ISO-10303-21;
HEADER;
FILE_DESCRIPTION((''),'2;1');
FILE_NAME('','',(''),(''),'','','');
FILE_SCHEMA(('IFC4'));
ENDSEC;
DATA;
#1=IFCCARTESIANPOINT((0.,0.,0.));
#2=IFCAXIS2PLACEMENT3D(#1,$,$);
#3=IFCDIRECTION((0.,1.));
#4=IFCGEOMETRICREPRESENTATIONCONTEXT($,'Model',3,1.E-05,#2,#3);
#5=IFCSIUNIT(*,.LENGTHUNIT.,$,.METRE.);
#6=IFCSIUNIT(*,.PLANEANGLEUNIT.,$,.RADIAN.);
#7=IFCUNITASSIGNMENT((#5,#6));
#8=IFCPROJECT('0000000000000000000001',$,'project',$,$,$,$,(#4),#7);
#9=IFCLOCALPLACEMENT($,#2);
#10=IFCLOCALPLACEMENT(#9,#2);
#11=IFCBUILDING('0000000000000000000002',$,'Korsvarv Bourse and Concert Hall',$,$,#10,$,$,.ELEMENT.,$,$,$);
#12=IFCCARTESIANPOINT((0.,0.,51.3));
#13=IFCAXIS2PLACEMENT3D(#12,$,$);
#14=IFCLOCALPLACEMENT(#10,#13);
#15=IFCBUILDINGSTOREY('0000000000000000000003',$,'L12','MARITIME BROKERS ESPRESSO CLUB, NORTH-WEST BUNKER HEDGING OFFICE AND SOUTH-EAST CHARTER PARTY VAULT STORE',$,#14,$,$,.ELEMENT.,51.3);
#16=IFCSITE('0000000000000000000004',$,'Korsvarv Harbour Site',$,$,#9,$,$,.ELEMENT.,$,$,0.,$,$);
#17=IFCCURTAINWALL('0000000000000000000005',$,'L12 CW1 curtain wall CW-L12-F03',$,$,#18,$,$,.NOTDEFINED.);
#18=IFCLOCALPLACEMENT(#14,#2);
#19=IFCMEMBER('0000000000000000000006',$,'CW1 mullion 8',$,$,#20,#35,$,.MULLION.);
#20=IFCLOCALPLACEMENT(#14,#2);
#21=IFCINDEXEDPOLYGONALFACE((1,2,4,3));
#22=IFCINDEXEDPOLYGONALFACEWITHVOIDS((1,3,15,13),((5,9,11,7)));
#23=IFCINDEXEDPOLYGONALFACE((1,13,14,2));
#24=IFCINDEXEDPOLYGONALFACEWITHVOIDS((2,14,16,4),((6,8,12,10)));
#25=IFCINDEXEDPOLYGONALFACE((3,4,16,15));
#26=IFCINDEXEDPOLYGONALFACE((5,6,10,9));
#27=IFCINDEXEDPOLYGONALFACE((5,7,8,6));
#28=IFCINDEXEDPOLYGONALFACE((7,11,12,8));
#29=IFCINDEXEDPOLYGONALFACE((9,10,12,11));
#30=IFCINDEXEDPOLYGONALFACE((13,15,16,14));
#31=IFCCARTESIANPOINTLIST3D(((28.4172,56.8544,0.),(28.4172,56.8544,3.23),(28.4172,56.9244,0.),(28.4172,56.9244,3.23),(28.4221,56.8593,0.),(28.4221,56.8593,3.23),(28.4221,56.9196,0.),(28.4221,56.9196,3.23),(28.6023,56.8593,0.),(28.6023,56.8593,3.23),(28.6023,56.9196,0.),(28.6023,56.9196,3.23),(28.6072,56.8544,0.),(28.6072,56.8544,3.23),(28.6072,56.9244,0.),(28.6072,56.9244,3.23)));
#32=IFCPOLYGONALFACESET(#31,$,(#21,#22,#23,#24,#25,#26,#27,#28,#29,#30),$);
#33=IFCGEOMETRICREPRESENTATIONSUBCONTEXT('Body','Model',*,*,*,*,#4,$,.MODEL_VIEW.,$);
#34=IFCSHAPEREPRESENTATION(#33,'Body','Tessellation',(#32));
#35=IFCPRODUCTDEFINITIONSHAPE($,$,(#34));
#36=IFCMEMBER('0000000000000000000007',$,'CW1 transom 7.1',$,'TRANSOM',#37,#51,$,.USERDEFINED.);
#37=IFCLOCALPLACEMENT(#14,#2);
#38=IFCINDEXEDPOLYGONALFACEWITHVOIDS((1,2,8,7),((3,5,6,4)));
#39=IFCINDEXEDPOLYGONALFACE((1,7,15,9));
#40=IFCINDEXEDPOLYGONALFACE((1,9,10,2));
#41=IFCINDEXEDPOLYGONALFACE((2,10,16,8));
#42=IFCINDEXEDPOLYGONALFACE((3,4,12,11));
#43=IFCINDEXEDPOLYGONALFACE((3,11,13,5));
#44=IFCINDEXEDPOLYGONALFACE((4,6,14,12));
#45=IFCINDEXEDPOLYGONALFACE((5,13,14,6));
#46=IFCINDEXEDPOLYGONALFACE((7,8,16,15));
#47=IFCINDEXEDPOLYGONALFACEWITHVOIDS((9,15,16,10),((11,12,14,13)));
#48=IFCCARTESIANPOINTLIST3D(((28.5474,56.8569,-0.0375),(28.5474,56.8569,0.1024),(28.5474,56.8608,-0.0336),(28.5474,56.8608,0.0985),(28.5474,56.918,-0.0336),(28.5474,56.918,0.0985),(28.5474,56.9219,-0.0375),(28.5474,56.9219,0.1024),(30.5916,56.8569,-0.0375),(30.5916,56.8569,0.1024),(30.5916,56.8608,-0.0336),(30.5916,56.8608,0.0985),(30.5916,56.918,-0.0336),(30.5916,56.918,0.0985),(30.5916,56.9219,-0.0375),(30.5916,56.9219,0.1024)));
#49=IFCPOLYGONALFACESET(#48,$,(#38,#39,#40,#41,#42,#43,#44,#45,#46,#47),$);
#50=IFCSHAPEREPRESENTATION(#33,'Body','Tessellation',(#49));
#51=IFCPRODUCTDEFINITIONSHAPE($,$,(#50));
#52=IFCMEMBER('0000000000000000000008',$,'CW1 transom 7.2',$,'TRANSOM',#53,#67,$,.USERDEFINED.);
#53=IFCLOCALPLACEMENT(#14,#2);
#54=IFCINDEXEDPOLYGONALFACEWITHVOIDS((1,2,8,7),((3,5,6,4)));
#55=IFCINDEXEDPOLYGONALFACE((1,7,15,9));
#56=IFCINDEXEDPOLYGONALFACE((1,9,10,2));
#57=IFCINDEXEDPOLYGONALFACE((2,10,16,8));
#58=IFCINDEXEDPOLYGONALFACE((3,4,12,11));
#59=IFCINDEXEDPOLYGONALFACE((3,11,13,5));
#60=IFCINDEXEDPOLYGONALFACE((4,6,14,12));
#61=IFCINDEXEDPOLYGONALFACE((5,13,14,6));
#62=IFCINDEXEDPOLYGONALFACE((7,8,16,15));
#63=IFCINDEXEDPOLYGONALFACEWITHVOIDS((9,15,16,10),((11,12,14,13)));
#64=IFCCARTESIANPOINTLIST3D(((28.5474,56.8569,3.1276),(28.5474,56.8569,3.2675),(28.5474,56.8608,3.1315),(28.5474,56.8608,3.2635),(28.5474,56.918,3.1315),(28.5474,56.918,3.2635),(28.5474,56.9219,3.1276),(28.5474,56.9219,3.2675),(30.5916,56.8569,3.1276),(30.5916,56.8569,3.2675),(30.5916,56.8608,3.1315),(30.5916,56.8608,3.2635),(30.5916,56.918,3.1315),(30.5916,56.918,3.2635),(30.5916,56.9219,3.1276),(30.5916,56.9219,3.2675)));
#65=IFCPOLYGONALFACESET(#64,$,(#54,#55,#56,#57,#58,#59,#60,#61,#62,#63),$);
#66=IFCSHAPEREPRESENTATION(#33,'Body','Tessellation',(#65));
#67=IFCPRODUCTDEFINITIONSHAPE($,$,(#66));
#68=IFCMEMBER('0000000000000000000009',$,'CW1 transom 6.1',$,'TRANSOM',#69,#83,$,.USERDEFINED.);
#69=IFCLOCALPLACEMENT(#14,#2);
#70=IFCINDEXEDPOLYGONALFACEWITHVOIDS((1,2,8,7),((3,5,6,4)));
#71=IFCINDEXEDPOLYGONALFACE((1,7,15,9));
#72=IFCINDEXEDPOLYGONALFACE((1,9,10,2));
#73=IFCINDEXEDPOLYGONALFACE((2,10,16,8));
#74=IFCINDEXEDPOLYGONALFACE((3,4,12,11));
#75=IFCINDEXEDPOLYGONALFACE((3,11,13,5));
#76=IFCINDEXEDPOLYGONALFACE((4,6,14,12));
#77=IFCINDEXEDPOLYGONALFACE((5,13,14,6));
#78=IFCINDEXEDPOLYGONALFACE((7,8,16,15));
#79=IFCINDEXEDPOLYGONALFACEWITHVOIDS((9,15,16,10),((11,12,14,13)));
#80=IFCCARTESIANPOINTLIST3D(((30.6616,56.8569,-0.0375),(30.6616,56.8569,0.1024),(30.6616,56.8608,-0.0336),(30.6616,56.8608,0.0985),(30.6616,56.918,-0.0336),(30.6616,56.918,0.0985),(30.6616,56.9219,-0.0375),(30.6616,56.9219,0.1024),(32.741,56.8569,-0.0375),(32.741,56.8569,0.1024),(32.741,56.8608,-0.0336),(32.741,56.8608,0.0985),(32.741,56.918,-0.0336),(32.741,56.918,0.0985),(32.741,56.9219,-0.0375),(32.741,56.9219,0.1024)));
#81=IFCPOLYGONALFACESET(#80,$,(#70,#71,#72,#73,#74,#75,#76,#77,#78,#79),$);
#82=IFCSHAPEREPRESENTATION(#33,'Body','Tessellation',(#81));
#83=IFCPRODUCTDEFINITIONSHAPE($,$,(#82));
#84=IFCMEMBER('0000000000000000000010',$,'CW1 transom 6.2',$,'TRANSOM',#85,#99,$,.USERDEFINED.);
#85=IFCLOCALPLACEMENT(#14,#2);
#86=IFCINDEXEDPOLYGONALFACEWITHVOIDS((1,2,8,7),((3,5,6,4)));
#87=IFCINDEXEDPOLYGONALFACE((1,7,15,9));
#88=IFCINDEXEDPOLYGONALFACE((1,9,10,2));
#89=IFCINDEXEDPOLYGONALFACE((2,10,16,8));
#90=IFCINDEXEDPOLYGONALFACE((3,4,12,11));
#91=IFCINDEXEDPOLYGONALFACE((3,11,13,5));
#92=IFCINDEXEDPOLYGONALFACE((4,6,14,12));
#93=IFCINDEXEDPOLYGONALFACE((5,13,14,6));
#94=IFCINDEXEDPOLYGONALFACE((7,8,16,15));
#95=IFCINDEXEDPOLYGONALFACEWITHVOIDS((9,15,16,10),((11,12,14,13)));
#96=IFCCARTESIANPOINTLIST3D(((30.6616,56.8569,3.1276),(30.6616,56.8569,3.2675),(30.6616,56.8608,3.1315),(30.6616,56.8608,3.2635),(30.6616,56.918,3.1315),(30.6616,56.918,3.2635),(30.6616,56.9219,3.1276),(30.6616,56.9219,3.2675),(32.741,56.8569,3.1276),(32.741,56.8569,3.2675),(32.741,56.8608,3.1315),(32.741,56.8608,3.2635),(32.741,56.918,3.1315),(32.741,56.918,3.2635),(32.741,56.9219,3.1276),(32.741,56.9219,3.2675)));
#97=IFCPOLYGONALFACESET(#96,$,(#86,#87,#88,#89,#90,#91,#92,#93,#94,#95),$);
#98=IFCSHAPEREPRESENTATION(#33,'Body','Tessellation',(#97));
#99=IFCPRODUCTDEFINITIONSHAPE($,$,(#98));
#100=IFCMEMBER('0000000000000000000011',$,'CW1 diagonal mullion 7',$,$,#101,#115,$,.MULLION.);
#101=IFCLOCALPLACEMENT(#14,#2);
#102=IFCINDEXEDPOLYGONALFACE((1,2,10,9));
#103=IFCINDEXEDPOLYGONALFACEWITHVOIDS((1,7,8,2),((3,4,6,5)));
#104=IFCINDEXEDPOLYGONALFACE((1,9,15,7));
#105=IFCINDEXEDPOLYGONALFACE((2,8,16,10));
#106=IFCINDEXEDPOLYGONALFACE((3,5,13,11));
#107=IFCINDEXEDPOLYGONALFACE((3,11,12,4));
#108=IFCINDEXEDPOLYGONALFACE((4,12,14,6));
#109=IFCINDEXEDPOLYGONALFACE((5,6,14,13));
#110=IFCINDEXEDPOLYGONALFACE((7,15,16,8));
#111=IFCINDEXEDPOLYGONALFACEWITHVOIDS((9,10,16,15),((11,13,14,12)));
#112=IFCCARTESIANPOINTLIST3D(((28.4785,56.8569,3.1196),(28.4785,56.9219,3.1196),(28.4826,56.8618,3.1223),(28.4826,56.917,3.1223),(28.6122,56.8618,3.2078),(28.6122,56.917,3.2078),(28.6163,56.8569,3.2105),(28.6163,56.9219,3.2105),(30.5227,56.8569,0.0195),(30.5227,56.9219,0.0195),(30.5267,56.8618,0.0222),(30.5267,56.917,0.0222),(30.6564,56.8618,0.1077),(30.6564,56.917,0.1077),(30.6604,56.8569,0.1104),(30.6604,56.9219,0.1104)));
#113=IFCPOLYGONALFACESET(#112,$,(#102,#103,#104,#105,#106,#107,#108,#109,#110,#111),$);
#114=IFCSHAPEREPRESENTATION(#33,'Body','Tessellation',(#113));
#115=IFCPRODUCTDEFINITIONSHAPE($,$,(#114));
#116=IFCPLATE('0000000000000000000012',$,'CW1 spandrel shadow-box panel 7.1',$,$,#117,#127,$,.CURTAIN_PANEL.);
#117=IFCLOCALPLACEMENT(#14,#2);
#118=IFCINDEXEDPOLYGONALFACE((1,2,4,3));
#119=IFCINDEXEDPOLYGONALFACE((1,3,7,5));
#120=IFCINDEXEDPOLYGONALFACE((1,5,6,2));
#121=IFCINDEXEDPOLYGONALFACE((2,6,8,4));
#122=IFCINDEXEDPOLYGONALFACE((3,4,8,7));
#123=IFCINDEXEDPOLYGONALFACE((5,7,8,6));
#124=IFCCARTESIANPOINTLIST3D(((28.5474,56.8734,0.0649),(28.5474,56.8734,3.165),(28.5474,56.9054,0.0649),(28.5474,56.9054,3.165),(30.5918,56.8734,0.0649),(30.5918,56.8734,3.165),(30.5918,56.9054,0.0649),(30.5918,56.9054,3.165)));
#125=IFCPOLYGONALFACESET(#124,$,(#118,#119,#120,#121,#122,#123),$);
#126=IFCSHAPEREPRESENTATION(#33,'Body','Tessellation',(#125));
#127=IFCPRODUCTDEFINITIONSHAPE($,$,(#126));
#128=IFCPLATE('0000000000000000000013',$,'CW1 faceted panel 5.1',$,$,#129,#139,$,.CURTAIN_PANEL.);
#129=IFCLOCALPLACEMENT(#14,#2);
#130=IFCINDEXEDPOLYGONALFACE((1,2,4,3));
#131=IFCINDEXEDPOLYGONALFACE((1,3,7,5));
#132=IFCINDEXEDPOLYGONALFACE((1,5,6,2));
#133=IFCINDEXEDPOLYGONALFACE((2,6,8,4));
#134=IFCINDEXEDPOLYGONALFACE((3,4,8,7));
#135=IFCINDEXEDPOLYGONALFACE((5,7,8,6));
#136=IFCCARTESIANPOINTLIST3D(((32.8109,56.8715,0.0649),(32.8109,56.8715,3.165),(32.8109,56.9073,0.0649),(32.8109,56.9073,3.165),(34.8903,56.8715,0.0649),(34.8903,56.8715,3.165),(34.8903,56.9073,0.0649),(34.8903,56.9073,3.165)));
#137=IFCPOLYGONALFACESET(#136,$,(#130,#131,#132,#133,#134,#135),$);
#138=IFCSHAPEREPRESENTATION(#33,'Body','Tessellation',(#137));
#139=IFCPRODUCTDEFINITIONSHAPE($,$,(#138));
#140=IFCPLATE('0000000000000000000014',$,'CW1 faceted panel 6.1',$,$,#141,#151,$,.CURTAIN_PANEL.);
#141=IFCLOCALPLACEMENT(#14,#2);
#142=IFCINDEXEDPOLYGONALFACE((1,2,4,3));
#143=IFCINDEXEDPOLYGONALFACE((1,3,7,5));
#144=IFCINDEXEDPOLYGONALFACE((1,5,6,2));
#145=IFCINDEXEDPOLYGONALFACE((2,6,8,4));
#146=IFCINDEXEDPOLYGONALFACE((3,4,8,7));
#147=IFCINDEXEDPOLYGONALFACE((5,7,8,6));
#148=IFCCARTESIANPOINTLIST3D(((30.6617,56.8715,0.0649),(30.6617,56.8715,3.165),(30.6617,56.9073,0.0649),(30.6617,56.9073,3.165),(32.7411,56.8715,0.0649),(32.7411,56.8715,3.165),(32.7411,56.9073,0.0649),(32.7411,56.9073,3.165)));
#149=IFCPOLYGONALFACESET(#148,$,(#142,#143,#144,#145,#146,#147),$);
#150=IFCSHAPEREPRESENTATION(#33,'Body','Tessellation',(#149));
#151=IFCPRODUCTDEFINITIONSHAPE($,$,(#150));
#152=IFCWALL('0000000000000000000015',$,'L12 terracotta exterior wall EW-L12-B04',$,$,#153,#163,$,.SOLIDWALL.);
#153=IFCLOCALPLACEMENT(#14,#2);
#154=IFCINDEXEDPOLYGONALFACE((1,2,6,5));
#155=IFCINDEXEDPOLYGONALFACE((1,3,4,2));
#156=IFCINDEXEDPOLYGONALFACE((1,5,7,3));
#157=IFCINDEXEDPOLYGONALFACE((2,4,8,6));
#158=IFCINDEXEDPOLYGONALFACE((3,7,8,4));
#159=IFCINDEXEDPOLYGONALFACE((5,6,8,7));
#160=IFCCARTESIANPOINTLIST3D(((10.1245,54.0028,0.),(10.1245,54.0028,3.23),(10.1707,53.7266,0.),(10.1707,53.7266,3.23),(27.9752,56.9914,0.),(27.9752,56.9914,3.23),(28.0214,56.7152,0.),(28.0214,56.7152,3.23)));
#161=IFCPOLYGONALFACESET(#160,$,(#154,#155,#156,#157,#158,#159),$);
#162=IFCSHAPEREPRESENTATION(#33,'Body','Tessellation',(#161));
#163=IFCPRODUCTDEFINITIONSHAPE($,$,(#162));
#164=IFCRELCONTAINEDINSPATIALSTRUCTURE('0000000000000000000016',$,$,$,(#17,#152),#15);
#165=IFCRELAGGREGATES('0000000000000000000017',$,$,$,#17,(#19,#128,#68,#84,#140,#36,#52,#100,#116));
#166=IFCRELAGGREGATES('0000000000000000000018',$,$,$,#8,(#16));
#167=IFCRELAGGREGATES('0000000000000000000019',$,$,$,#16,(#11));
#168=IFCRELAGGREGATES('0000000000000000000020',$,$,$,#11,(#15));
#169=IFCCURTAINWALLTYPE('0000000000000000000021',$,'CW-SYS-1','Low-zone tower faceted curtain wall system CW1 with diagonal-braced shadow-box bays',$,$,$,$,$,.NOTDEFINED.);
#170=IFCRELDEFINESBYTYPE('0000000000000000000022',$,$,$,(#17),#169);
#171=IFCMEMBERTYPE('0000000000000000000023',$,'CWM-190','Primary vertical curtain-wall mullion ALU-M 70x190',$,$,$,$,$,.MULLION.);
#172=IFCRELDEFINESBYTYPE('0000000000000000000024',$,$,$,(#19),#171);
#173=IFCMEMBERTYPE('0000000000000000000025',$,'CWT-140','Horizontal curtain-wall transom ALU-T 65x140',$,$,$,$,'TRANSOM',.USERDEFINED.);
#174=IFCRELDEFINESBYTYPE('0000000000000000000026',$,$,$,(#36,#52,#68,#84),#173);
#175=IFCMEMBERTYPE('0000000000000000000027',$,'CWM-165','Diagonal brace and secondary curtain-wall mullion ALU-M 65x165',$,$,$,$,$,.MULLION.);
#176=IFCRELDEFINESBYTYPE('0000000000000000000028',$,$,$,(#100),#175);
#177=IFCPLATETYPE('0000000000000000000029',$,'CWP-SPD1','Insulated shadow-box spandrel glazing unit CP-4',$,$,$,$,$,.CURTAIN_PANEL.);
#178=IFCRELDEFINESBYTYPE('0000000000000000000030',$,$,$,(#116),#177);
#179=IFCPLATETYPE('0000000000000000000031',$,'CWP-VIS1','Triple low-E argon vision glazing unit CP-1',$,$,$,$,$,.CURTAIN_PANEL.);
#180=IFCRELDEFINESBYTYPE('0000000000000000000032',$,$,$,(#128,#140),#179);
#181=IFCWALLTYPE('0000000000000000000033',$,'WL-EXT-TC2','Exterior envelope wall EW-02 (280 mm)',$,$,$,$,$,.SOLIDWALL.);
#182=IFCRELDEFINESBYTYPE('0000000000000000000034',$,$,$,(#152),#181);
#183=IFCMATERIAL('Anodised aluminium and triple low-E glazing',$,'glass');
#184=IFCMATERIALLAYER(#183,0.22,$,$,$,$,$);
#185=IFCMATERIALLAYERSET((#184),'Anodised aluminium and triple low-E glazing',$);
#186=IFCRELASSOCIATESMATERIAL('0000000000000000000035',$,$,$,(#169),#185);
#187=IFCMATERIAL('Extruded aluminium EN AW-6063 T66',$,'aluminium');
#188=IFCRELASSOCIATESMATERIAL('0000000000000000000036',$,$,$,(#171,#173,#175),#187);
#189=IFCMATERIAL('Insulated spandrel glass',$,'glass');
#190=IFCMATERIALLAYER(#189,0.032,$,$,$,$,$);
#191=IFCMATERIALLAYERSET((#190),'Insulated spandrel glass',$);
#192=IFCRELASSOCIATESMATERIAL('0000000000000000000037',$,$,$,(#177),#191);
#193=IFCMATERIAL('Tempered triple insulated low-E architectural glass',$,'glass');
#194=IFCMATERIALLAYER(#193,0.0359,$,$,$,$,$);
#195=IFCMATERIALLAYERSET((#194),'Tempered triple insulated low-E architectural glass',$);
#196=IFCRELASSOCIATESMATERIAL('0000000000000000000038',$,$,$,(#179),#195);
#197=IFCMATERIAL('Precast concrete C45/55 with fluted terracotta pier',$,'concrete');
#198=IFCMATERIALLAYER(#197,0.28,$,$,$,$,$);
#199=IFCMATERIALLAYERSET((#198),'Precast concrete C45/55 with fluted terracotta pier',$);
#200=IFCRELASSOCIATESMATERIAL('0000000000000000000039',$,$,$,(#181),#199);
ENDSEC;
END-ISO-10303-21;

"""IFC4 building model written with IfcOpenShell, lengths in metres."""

from ifc_helpers import new_model, si_unit, direction, frame, frame_2d, origin, origin_2d, place, context, subcontext, project, spatial, rectangle, hollow_rectangle, extrude, source, transform, mapped, material, layer, layer_set, material_profile, profile_set, type_object, element, aggregate, save


model = new_model("IFC4")

# Units and contexts
model_context = context("Model", 3, precision=1e-05, world=origin(), true_north=direction((0.0, 1.0)))
body_context = subcontext(model_context, "Body", "Model", "MODEL_VIEW")
ifc_project = project(units=[si_unit("LENGTHUNIT", "METRE"), si_unit("PLANEANGLEUNIT", "RADIAN")], contexts=[model_context])

# Site, building, storey
site_placement = place(None, origin())
site = spatial("IfcSite", under=ifc_project, at=site_placement, Name="Korsvarv Harbour Site", CompositionType="ELEMENT", RefElevation=0.0)
building_placement = place(site_placement, origin())
building = spatial("IfcBuilding", under=site, at=building_placement, Name="Korsvarv Bourse and Concert Hall", CompositionType="ELEMENT")
storey_placement = place(building_placement, frame((0.0, 0.0, 51.3)))
storey = spatial("IfcBuildingStorey", under=building, at=storey_placement, Name="L12", Description="MARITIME BROKERS ESPRESSO CLUB, NORTH-WEST BUNKER HEDGING OFFICE AND SOUTH-EAST CHARTER PARTY VAULT STORE", CompositionType="ELEMENT", Elevation=51.3)

# Curtain wall, members, plates
ifc_material_1 = material(Name="Anodised aluminium and triple low-E glazing", Category="glass")
ifc_layer_1 = layer(ifc_material_1, 0.22)
ifc_layer_set_1 = layer_set([ifc_layer_1], Name="Anodised aluminium and triple low-E glazing")
curtain_wall_type = type_object("IfcCurtainWallType", Name="CW-SYS-1", Description="Low-zone tower faceted curtain wall system CW1 with diagonal-braced shadow-box bays", PredefinedType="NOTDEFINED", material=ifc_layer_set_1)
curtain_wall_placement = place(storey_placement, origin())
curtain_wall = element("IfcCurtainWall", 1, at=curtain_wall_placement, inside=storey, type_object=curtain_wall_type, Name="L12 CW1 curtain wall CW-L12-F03", PredefinedType="NOTDEFINED")
ifc_material_2 = material(Name="Extruded aluminium EN AW-6063 T66", Category="aluminium")
ifc_material_profile_1 = material_profile(ifc_material_2, hollow_rectangle(XDim=0.0701, YDim=0.1899, WallThickness=0.0049, at=origin_2d()), Name="ALU-M 70x190")
ifc_profile_set_1 = profile_set([ifc_material_profile_1], Name="Extruded aluminium EN AW-6063 T66")
member_type_1 = type_object("IfcMemberType", Name="CWM-190", Description="Primary vertical curtain-wall mullion ALU-M 70x190", PredefinedType="MULLION", material=ifc_profile_set_1)
shared_shape_1 = source(origin(), body_context, "Body", "SweptSolid", [
    extrude(hollow_rectangle(XDim=0.0701, YDim=0.1899, WallThickness=0.0049, at=origin_2d()), origin(), (0.0, 0.0, 1.0), 3.23),
])
member_1_placement = place(storey_placement, frame((28.5122, 56.8894, 0.0), z_axis=(0.0, 0.0, 1.0), x_axis=(0.0, -1.0, 0.0)))
member_1 = element("IfcMember", 2, at=member_1_placement, type_object=member_type_1, Name="CW1 mullion 8", PredefinedType="MULLION", context=body_context, shape_type="MappedRepresentation", body=[
    mapped(shared_shape_1, transform((0.0, 0.0, 0.0), scale=1.0)),
])
ifc_material_profile_2 = material_profile(ifc_material_2, hollow_rectangle(XDim=0.0649, YDim=0.1399, WallThickness=0.0039, at=origin_2d()), Name="ALU-T 65x140")
ifc_profile_set_2 = profile_set([ifc_material_profile_2], Name="Extruded aluminium EN AW-6063 T66")
member_type_2 = type_object("IfcMemberType", Name="CWT-140", Description="Horizontal curtain-wall transom ALU-T 65x140", ElementType="TRANSOM", PredefinedType="USERDEFINED", material=ifc_profile_set_2)
shared_shape_2 = source(origin(), body_context, "Body", "SweptSolid", [
    extrude(hollow_rectangle(XDim=0.0649, YDim=0.1399, WallThickness=0.0039, at=origin_2d()), origin(), (0.0, 0.0, 1.0), 2.0442),
])
member_2_placement = place(storey_placement, frame((30.5916, 56.8894, 0.0325), z_axis=(-1.0, 0.0, 0.0), x_axis=(0.0, -1.0, 0.0)))
member_2 = element("IfcMember", 3, at=member_2_placement, type_object=member_type_2, Name="CW1 transom 7.1", ObjectType="TRANSOM", PredefinedType="USERDEFINED", context=body_context, shape_type="MappedRepresentation", body=[
    mapped(shared_shape_2, transform((0.0, 0.0, 0.0), scale=1.0)),
])
member_3_placement = place(storey_placement, frame((30.5916, 56.8894, 3.1975), z_axis=(-1.0, 0.0, 0.0), x_axis=(0.0, -1.0, 0.0)))
member_3 = element("IfcMember", 4, at=member_3_placement, type_object=member_type_2, Name="CW1 transom 7.2", ObjectType="TRANSOM", PredefinedType="USERDEFINED", context=body_context, shape_type="MappedRepresentation", body=[
    mapped(shared_shape_2, transform((0.0, 0.0, 0.0), scale=1.0)),
])
shared_shape_3 = source(origin(), body_context, "Body", "SweptSolid", [
    extrude(hollow_rectangle(XDim=0.0649, YDim=0.1399, WallThickness=0.0039, at=origin_2d()), origin(), (0.0, 0.0, 1.0), 2.0793),
])
member_4_placement = place(storey_placement, frame((32.741, 56.8894, 0.0325), z_axis=(-1.0, 0.0, 0.0), x_axis=(0.0, -1.0, 0.0)))
member_4 = element("IfcMember", 5, at=member_4_placement, type_object=member_type_2, Name="CW1 transom 6.1", ObjectType="TRANSOM", PredefinedType="USERDEFINED", context=body_context, shape_type="MappedRepresentation", body=[
    mapped(shared_shape_3, transform((0.0, 0.0, 0.0), scale=1.0)),
])
member_5_placement = place(storey_placement, frame((32.741, 56.8894, 3.1975), z_axis=(-1.0, 0.0, 0.0), x_axis=(0.0, -1.0, 0.0)))
member_5 = element("IfcMember", 6, at=member_5_placement, type_object=member_type_2, Name="CW1 transom 6.2", ObjectType="TRANSOM", PredefinedType="USERDEFINED", context=body_context, shape_type="MappedRepresentation", body=[
    mapped(shared_shape_3, transform((0.0, 0.0, 0.0), scale=1.0)),
])
ifc_material_profile_3 = material_profile(ifc_material_2, hollow_rectangle(XDim=0.0649, YDim=0.165, WallThickness=0.0049, at=origin_2d()), Name="ALU-M 65x165")
ifc_profile_set_3 = profile_set([ifc_material_profile_3], Name="Extruded aluminium EN AW-6063 T66")
member_type_3 = type_object("IfcMemberType", Name="CWM-165", Description="Diagonal brace and secondary curtain-wall mullion ALU-M 65x165", PredefinedType="MULLION", material=ifc_profile_set_3)
shared_shape_4 = source(origin(), body_context, "Body", "SweptSolid", [
    extrude(hollow_rectangle(XDim=0.0649, YDim=0.165, WallThickness=0.0049, at=origin_2d()), origin(), (0.0, 0.0, 1.0), 3.7134),
])
member_6_placement = place(storey_placement, frame((30.5916, 56.8894, 0.0649), z_axis=(-0.55049, 0.0, 0.834841), x_axis=(0.0, -1.0, 0.0)))
member_6 = element("IfcMember", 7, at=member_6_placement, type_object=member_type_3, Name="CW1 diagonal mullion 7", PredefinedType="MULLION", context=body_context, shape_type="MappedRepresentation", body=[
    mapped(shared_shape_4, transform((0.0, 0.0, 0.0), scale=1.0)),
])
ifc_material_3 = material(Name="Insulated spandrel glass", Category="glass")
ifc_layer_2 = layer(ifc_material_3, 0.032)
ifc_layer_set_2 = layer_set([ifc_layer_2], Name="Insulated spandrel glass")
plate_type_1 = type_object("IfcPlateType", Name="CWP-SPD1", Description="Insulated shadow-box spandrel glazing unit CP-4", PredefinedType="CURTAIN_PANEL", material=ifc_layer_set_2)
shared_shape_5 = source(origin(), body_context, "Body", "SweptSolid", [
    extrude(rectangle(XDim=2.0444, YDim=0.032, at=origin_2d()), origin(), (0.0, 0.0, 1.0), 3.1001),
])
plate_1_placement = place(storey_placement, frame((29.5696, 56.8894, 0.0649), z_axis=(0.0, 0.0, 1.0), x_axis=(-1.0, 0.0, 0.0)))
plate_1 = element("IfcPlate", 8, at=plate_1_placement, type_object=plate_type_1, Name="CW1 spandrel shadow-box panel 7.1", PredefinedType="CURTAIN_PANEL", context=body_context, shape_type="MappedRepresentation", body=[
    mapped(shared_shape_5, transform((0.0, 0.0, 0.0), scale=1.0)),
])
ifc_material_4 = material(Name="Tempered triple insulated low-E architectural glass", Category="glass")
ifc_layer_3 = layer(ifc_material_4, 0.0359)
ifc_layer_set_3 = layer_set([ifc_layer_3], Name="Tempered triple insulated low-E architectural glass")
plate_type_2 = type_object("IfcPlateType", Name="CWP-VIS1", Description="Triple low-E argon vision glazing unit CP-1", PredefinedType="CURTAIN_PANEL", material=ifc_layer_set_3)
shared_shape_6 = source(origin(), body_context, "Body", "SweptSolid", [
    extrude(rectangle(XDim=2.0793, YDim=0.0359, at=origin_2d()), origin(), (0.0, 0.0, 1.0), 3.1001),
])
plate_2_placement = place(storey_placement, frame((33.8506, 56.8894, 0.0649), z_axis=(0.0, 0.0, 1.0), x_axis=(-1.0, 0.0, 0.0)))
plate_2 = element("IfcPlate", 9, at=plate_2_placement, type_object=plate_type_2, Name="CW1 faceted panel 5.1", PredefinedType="CURTAIN_PANEL", context=body_context, shape_type="MappedRepresentation", body=[
    mapped(shared_shape_6, transform((0.0, 0.0, 0.0), scale=1.0)),
])
plate_3_placement = place(storey_placement, frame((31.7014, 56.8894, 0.0649), z_axis=(0.0, 0.0, 1.0), x_axis=(-1.0, 0.0, 0.0)))
plate_3 = element("IfcPlate", 10, at=plate_3_placement, type_object=plate_type_2, Name="CW1 faceted panel 6.1", PredefinedType="CURTAIN_PANEL", context=body_context, shape_type="MappedRepresentation", body=[
    mapped(shared_shape_6, transform((0.0, 0.0, 0.0), scale=1.0)),
])
aggregate(curtain_wall, [member_1, plate_2, member_4, member_5, plate_3, member_2, member_3, member_6, plate_1])

# Wall
ifc_material_5 = material(Name="Precast concrete C45/55 with fluted terracotta pier", Category="concrete")
ifc_layer_4 = layer(ifc_material_5, 0.28)
ifc_layer_set_4 = layer_set([ifc_layer_4], Name="Precast concrete C45/55 with fluted terracotta pier")
wall_type_1 = type_object("IfcWallType", Name="WL-EXT-TC2", Description="Exterior envelope wall EW-02 (280 mm)", PredefinedType="SOLIDWALL", material=ifc_layer_set_4)
wall_1_placement = place(storey_placement, frame((27.9983, 56.8533, 0.0), z_axis=(0.0, 0.0, 1.0), x_axis=(-0.986273, -0.165121, 0.0)))
element("IfcWall", 11, at=wall_1_placement, inside=storey, type_object=wall_type_1, Name="L12 terracotta exterior wall EW-L12-B04", PredefinedType="SOLIDWALL", context=body_context, shape_type="SweptSolid", body=[
    extrude(rectangle(XDim=18.0991, YDim=0.28, at=frame_2d((9.0496, 0.0))), origin(), (0.0, 0.0, 1.0), 3.23),
])

save(model, "model.ifc")
